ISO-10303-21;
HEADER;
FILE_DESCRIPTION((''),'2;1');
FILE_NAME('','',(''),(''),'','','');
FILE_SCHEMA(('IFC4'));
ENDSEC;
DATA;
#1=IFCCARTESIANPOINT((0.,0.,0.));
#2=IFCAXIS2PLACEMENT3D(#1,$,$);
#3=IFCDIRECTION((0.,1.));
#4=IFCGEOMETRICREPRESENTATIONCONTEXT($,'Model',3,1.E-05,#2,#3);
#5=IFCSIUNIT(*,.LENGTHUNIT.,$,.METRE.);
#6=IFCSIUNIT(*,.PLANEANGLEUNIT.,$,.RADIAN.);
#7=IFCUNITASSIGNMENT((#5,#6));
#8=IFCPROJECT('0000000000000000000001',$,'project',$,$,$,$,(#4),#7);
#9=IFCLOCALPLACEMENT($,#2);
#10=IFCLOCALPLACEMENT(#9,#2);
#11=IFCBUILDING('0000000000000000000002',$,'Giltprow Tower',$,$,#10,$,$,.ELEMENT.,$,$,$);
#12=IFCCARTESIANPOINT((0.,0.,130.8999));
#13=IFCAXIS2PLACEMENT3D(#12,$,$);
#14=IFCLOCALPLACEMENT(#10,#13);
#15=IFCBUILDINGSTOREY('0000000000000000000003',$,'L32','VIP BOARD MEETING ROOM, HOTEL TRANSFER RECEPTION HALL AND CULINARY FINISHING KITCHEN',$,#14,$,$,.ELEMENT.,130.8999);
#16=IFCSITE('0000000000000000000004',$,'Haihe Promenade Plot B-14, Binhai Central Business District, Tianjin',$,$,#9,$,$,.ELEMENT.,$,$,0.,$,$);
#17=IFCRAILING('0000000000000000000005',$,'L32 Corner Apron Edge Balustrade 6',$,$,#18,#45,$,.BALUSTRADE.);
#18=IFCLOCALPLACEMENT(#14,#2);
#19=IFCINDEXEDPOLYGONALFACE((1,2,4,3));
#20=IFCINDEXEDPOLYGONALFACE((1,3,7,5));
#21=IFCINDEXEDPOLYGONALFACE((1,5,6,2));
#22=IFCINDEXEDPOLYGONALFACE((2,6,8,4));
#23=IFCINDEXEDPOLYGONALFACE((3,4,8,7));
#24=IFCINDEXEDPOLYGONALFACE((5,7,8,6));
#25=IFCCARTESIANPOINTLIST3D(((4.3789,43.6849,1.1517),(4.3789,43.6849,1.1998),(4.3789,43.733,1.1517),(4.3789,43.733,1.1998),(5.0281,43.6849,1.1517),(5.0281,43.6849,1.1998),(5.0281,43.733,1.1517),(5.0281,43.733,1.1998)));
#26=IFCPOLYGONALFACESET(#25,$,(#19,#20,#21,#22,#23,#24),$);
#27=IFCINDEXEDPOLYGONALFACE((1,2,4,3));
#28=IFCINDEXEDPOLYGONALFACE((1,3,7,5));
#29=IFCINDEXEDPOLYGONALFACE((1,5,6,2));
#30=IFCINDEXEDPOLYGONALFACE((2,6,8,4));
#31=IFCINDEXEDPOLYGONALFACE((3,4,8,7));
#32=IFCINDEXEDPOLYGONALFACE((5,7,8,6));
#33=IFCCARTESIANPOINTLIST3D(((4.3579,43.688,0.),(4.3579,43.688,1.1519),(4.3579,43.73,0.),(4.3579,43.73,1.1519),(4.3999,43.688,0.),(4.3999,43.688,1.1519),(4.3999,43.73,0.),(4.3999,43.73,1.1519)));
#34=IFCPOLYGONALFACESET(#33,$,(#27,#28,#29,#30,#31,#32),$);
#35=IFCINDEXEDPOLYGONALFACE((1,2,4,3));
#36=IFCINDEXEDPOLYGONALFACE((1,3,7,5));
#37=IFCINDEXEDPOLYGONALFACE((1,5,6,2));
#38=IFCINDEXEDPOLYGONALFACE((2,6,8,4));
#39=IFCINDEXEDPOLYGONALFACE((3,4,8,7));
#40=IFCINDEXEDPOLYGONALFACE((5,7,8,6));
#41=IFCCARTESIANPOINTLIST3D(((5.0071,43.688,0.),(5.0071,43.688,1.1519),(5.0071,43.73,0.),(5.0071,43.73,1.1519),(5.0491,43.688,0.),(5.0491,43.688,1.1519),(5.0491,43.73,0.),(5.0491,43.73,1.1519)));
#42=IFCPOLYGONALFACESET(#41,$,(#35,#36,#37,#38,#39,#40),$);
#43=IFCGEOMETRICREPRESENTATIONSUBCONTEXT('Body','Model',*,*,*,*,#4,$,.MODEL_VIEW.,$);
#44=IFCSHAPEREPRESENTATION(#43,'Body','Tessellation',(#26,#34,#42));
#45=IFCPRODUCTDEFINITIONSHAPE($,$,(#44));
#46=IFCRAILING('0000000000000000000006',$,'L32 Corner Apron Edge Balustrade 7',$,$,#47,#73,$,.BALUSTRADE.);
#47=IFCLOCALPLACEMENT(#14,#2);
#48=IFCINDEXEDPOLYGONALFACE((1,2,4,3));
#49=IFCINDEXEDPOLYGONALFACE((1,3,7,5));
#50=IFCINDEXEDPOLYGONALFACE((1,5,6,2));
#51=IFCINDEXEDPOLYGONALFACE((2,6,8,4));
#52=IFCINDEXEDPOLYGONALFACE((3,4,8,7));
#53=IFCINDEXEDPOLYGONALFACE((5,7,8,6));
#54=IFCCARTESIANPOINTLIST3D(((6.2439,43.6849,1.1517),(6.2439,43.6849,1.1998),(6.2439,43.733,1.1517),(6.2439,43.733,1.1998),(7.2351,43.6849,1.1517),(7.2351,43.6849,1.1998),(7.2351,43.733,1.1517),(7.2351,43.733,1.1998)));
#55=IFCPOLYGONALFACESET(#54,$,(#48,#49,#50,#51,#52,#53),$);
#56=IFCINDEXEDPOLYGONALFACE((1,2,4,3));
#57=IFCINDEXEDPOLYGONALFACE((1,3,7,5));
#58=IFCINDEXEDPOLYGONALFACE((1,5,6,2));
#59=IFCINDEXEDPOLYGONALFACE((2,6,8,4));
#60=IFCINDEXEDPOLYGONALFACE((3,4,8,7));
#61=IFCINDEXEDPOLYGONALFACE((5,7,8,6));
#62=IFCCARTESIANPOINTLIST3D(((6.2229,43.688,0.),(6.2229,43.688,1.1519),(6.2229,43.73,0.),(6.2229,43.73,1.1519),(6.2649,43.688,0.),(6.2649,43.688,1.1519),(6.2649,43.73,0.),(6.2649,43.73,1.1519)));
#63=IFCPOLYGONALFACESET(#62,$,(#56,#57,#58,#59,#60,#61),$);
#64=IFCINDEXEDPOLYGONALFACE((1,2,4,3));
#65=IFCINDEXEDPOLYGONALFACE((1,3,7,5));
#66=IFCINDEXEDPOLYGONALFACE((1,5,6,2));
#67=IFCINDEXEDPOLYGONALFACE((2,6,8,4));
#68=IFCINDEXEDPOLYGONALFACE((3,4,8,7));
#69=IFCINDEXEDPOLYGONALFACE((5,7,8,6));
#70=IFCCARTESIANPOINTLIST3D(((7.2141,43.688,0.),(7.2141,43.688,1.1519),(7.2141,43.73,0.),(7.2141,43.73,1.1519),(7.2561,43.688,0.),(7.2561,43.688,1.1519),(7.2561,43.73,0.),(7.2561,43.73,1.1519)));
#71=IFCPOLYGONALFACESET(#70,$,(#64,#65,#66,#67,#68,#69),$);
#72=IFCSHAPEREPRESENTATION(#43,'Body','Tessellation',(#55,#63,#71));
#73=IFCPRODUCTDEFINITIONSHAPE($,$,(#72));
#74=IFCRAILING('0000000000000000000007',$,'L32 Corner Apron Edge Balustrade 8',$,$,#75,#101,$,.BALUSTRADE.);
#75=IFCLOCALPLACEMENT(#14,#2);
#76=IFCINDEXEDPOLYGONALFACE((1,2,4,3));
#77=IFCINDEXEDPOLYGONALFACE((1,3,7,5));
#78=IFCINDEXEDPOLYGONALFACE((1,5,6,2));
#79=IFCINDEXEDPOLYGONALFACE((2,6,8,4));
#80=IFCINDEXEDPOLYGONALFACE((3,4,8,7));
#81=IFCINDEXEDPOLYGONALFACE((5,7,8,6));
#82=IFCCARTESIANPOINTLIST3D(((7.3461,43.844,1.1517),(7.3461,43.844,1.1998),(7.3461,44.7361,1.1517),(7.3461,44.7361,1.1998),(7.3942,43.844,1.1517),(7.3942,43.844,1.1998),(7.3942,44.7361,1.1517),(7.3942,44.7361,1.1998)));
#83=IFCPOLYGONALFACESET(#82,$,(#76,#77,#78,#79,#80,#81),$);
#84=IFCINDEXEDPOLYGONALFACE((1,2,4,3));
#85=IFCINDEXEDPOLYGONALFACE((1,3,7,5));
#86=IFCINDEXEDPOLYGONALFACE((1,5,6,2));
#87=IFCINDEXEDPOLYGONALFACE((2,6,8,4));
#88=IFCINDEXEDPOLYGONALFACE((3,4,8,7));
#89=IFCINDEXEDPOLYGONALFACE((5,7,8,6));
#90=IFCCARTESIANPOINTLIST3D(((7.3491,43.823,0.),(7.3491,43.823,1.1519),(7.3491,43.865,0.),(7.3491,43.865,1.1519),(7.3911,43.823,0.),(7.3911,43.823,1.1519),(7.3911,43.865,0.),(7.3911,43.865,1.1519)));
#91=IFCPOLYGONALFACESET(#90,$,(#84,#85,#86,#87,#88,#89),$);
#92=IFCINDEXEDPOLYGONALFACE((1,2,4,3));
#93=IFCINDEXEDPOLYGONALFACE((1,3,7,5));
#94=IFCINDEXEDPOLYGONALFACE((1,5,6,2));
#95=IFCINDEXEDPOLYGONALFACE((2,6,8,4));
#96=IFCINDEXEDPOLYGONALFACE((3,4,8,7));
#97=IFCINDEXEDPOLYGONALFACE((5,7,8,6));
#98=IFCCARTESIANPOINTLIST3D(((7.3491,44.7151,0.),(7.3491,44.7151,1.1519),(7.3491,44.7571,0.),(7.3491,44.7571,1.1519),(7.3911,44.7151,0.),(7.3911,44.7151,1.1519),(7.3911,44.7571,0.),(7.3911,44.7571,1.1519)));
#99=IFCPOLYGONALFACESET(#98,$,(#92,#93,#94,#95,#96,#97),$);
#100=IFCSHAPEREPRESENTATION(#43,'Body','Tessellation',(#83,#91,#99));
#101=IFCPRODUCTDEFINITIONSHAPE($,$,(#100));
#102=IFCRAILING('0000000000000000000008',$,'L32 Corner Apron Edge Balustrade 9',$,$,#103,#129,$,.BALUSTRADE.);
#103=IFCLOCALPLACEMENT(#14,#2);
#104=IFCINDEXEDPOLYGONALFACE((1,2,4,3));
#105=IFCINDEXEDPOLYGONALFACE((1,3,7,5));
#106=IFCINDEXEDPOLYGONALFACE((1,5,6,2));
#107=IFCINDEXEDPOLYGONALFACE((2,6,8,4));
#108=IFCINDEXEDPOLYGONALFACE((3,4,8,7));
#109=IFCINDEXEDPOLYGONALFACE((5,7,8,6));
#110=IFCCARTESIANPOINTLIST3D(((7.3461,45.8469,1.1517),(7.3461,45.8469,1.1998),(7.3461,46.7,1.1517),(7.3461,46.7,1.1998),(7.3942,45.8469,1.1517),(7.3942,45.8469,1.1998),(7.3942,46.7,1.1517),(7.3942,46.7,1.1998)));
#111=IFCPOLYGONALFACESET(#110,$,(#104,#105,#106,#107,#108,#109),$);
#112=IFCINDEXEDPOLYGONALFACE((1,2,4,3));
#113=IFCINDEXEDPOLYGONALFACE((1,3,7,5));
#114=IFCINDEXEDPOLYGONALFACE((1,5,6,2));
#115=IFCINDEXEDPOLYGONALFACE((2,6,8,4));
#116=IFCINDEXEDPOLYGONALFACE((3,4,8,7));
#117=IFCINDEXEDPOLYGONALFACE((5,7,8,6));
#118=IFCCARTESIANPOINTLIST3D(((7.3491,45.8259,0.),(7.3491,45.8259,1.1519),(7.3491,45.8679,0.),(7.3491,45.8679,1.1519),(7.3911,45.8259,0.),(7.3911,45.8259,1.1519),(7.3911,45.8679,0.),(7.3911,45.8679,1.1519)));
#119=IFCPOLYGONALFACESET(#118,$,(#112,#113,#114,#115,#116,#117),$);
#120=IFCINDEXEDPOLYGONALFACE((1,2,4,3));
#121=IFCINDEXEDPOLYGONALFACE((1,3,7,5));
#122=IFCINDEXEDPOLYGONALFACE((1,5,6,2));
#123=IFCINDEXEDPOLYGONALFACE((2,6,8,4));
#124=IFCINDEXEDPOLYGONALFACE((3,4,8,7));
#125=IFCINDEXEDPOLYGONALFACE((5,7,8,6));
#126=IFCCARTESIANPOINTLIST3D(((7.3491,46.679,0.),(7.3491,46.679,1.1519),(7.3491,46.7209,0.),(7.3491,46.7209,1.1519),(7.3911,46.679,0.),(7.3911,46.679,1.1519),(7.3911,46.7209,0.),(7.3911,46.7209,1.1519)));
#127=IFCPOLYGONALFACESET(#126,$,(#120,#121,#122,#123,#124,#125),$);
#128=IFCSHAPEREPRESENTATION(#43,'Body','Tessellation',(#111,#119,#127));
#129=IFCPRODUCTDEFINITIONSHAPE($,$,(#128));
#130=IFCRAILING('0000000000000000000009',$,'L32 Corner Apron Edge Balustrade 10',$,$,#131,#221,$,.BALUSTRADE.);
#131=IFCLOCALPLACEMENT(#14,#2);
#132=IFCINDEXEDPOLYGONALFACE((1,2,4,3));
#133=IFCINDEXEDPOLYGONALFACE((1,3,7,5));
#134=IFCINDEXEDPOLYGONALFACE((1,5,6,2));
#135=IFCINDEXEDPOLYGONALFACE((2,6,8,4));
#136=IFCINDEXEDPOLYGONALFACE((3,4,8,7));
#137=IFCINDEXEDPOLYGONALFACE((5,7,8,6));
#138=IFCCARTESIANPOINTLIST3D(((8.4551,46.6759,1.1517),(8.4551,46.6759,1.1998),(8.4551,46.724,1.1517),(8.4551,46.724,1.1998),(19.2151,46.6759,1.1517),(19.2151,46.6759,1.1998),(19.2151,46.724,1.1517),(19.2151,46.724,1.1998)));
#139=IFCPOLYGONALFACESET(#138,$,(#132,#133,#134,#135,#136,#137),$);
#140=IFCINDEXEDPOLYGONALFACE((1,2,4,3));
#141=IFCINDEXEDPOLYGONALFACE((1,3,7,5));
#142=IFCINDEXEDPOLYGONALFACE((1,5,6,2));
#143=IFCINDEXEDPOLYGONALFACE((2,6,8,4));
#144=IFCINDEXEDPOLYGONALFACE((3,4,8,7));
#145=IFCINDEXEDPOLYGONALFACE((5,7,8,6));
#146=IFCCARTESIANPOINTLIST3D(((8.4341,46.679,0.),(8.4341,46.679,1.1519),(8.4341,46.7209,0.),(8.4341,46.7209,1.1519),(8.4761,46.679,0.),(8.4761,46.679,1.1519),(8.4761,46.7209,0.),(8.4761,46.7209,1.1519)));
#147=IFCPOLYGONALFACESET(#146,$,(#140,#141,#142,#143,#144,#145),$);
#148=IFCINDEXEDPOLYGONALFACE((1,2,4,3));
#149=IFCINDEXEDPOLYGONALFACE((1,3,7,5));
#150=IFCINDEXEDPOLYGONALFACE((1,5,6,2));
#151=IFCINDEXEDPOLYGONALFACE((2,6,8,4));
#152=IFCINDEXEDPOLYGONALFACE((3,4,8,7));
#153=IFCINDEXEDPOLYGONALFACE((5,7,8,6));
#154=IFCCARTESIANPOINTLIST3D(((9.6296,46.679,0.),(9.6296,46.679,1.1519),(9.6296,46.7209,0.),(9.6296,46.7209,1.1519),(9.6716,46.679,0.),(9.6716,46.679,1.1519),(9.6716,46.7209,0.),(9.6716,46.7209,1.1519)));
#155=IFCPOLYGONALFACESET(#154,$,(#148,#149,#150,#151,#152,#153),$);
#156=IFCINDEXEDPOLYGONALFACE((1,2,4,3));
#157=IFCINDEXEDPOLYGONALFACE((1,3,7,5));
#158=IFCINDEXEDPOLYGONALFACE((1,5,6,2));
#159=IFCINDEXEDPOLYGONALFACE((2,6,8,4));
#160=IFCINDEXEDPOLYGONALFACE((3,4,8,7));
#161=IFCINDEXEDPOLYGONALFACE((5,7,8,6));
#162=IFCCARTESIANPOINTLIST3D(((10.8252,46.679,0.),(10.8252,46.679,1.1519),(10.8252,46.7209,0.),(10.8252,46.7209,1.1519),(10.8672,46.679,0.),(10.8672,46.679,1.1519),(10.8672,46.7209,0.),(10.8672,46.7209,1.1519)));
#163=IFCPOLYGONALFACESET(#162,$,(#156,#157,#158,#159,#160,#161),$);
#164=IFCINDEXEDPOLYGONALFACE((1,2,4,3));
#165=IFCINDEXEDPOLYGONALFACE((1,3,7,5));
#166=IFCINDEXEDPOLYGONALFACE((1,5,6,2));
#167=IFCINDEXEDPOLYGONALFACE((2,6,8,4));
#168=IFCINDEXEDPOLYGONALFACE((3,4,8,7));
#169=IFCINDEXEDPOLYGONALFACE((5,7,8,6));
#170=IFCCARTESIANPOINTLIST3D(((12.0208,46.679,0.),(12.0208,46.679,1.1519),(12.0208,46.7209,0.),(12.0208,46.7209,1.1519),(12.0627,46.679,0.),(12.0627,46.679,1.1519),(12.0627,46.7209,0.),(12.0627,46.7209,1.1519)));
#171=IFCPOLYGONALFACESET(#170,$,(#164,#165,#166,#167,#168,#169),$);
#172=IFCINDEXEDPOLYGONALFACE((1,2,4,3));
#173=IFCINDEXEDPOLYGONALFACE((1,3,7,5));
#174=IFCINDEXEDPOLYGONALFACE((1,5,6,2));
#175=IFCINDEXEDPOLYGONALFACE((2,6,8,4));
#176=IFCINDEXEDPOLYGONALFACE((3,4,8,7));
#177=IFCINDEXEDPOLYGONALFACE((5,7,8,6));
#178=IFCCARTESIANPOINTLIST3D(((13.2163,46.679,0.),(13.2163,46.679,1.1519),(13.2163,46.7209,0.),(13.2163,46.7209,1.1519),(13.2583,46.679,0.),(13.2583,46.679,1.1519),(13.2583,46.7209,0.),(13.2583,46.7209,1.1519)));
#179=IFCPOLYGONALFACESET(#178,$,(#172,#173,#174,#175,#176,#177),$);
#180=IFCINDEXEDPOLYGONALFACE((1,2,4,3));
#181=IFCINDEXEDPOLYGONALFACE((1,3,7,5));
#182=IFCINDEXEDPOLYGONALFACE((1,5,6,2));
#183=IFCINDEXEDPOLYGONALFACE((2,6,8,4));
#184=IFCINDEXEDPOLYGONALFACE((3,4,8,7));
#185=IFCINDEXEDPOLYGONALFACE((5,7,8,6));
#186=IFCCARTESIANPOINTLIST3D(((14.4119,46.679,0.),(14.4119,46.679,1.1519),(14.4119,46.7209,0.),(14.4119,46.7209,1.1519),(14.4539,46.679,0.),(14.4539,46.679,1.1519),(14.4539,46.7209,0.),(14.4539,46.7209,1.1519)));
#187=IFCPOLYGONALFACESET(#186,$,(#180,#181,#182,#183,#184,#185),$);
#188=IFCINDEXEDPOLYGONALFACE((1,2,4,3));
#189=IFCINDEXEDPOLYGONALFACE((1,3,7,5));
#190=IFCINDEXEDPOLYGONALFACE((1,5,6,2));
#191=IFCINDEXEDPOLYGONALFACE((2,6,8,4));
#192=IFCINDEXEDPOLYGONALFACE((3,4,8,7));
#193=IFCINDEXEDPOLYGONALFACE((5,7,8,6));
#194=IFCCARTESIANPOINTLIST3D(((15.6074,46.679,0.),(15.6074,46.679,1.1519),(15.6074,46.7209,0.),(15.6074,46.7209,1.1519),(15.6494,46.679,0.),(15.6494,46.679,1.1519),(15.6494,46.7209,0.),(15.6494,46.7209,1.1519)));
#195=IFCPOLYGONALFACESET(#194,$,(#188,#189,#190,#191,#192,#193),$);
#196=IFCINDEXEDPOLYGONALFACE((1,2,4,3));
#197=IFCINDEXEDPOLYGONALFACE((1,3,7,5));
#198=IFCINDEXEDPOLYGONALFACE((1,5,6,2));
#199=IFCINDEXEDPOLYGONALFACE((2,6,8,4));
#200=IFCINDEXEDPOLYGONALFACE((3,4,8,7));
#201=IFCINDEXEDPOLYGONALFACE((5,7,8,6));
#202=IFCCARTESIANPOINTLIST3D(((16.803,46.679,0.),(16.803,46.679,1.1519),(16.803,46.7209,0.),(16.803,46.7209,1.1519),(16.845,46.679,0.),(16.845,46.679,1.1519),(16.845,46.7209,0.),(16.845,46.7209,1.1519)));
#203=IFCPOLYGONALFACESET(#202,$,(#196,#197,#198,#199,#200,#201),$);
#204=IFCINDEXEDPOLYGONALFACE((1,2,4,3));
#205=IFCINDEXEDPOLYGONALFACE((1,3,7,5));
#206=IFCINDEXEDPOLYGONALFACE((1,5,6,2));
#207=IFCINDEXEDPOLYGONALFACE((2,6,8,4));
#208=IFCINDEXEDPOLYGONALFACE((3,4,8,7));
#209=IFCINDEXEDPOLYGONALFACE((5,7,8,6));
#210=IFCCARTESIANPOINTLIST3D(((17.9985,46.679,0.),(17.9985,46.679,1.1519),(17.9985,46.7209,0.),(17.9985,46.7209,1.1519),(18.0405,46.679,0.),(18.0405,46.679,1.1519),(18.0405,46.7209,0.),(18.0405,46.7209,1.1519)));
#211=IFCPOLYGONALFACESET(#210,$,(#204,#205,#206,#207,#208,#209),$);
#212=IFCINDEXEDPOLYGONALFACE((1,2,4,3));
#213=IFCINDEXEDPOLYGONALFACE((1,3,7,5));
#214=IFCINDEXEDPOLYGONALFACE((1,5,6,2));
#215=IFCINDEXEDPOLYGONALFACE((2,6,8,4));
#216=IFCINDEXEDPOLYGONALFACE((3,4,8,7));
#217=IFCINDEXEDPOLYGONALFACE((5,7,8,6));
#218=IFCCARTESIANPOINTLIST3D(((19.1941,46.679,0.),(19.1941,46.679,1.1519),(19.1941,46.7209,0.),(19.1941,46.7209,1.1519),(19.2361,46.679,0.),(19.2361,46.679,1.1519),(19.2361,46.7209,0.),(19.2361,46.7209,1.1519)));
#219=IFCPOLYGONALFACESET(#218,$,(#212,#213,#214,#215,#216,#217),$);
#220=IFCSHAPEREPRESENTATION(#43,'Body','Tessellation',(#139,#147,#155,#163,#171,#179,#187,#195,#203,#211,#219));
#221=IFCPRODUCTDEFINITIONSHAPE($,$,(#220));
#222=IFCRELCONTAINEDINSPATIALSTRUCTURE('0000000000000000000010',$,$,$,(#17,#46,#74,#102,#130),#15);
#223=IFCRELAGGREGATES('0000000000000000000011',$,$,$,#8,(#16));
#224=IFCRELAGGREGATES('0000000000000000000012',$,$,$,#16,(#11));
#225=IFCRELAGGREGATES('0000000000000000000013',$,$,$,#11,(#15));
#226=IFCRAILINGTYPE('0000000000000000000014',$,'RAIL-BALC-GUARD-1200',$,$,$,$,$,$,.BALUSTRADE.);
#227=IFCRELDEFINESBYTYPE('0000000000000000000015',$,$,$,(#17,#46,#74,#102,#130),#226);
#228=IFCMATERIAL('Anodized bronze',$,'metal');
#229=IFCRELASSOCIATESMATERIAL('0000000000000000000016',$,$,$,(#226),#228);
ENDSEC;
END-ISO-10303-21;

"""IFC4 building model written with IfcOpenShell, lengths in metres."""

from ifc_helpers import new_model, si_unit, direction, frame, origin, origin_2d, place, context, subcontext, project, spatial, rectangle, extrude, material, type_object, element, save


model = new_model("IFC4")

# Units and contexts
model_context = context("Model", 3, precision=1e-05, world=origin(), true_north=direction((0.0, 1.0)))
body_context = subcontext(model_context, "Body", "Model", "MODEL_VIEW")
ifc_project = project(units=[si_unit("LENGTHUNIT", "METRE"), si_unit("PLANEANGLEUNIT", "RADIAN")], contexts=[model_context])

# Site, building, storey
site_placement = place(None, origin())
site = spatial("IfcSite", under=ifc_project, at=site_placement, Name="Haihe Promenade Plot B-14, Binhai Central Business District, Tianjin", CompositionType="ELEMENT", RefElevation=0.0)
building_placement = place(site_placement, origin())
building = spatial("IfcBuilding", under=site, at=building_placement, Name="Giltprow Tower", CompositionType="ELEMENT")
storey_placement = place(building_placement, frame((0.0, 0.0, 130.8999)))
storey = spatial("IfcBuildingStorey", under=building, at=storey_placement, Name="L32", Description="VIP BOARD MEETING ROOM, HOTEL TRANSFER RECEPTION HALL AND CULINARY FINISHING KITCHEN", CompositionType="ELEMENT", Elevation=130.8999)

# Railings
ifc_material_1 = material(Name="Anodized bronze", Category="metal")
railing_type_1 = type_object("IfcRailingType", Name="RAIL-BALC-GUARD-1200", PredefinedType="BALUSTRADE", material=ifc_material_1)
railing_1_placement = place(storey_placement, frame((4.3789, 43.709, 0.0)))
element("IfcRailing", 1, at=railing_1_placement, inside=storey, type_object=railing_type_1, Name="L32 Corner Apron Edge Balustrade 6", PredefinedType="BALUSTRADE", context=body_context, shape_type="SweptSolid", body=[
    extrude(rectangle(XDim=0.0481, YDim=0.0481, at=origin_2d()), frame((0.0, 0.0, 1.1758), z_axis=(1.0, 0.0, 0.0), x_axis=(0.0, 1.0, 0.0)), (0.0, 0.0, 1.0), 0.6492),
    extrude(rectangle(XDim=0.042, YDim=0.042, at=origin_2d()), origin(), (0.0, 0.0, 1.0), 1.1519),
    extrude(rectangle(XDim=0.042, YDim=0.042, at=origin_2d()), frame((0.6492, 0.0, 0.0)), (0.0, 0.0, 1.0), 1.1519),
])
railing_2_placement = place(storey_placement, frame((6.2439, 43.709, 0.0)))
element("IfcRailing", 2, at=railing_2_placement, inside=storey, type_object=railing_type_1, Name="L32 Corner Apron Edge Balustrade 7", PredefinedType="BALUSTRADE", context=body_context, shape_type="SweptSolid", body=[
    extrude(rectangle(XDim=0.0481, YDim=0.0481, at=origin_2d()), frame((0.0, 0.0, 1.1758), z_axis=(1.0, 0.0, 0.0), x_axis=(0.0, 1.0, 0.0)), (0.0, 0.0, 1.0), 0.9912),
    extrude(rectangle(XDim=0.042, YDim=0.042, at=origin_2d()), origin(), (0.0, 0.0, 1.0), 1.1519),
    extrude(rectangle(XDim=0.042, YDim=0.042, at=origin_2d()), frame((0.9912, 0.0, 0.0)), (0.0, 0.0, 1.0), 1.1519),
])
railing_3_placement = place(storey_placement, frame((7.3701, 43.844, 0.0)))
element("IfcRailing", 3, at=railing_3_placement, inside=storey, type_object=railing_type_1, Name="L32 Corner Apron Edge Balustrade 8", PredefinedType="BALUSTRADE", context=body_context, shape_type="SweptSolid", body=[
    extrude(rectangle(XDim=0.0481, YDim=0.0481, at=origin_2d()), frame((0.0, 0.0, 1.1758), z_axis=(0.0, 1.0, 0.0), x_axis=(-1.0, 0.0, 0.0)), (0.0, 0.0, 1.0), 0.8921),
    extrude(rectangle(XDim=0.042, YDim=0.042, at=origin_2d()), origin(), (0.0, 0.0, 1.0), 1.1519),
    extrude(rectangle(XDim=0.042, YDim=0.042, at=origin_2d()), frame((0.0, 0.8921, 0.0)), (0.0, 0.0, 1.0), 1.1519),
])
railing_4_placement = place(storey_placement, frame((7.3701, 45.8469, 0.0)))
element("IfcRailing", 4, at=railing_4_placement, inside=storey, type_object=railing_type_1, Name="L32 Corner Apron Edge Balustrade 9", PredefinedType="BALUSTRADE", context=body_context, shape_type="SweptSolid", body=[
    extrude(rectangle(XDim=0.0481, YDim=0.0481, at=origin_2d()), frame((0.0, 0.0, 1.1758), z_axis=(0.0, 1.0, 0.0), x_axis=(-1.0, 0.0, 0.0)), (0.0, 0.0, 1.0), 0.853),
    extrude(rectangle(XDim=0.042, YDim=0.042, at=origin_2d()), origin(), (0.0, 0.0, 1.0), 1.1519),
    extrude(rectangle(XDim=0.042, YDim=0.042, at=origin_2d()), frame((0.0, 0.853, 0.0)), (0.0, 0.0, 1.0), 1.1519),
])
railing_5_placement = place(storey_placement, frame((8.4551, 46.7, 0.0)))
element("IfcRailing", 5, at=railing_5_placement, inside=storey, type_object=railing_type_1, Name="L32 Corner Apron Edge Balustrade 10", PredefinedType="BALUSTRADE", context=body_context, shape_type="SweptSolid", body=[
    extrude(rectangle(XDim=0.0481, YDim=0.0481, at=origin_2d()), frame((0.0, 0.0, 1.1758), z_axis=(1.0, 0.0, 0.0), x_axis=(0.0, 1.0, 0.0)), (0.0, 0.0, 1.0), 10.76),
    extrude(rectangle(XDim=0.042, YDim=0.042, at=origin_2d()), origin(), (0.0, 0.0, 1.0), 1.1519),
    extrude(rectangle(XDim=0.042, YDim=0.042, at=origin_2d()), frame((1.1956, 0.0, 0.0)), (0.0, 0.0, 1.0), 1.1519),
    extrude(rectangle(XDim=0.042, YDim=0.042, at=origin_2d()), frame((2.3911, 0.0, 0.0)), (0.0, 0.0, 1.0), 1.1519),
    extrude(rectangle(XDim=0.042, YDim=0.042, at=origin_2d()), frame((3.5867, 0.0, 0.0)), (0.0, 0.0, 1.0), 1.1519),
    extrude(rectangle(XDim=0.042, YDim=0.042, at=origin_2d()), frame((4.7822, 0.0, 0.0)), (0.0, 0.0, 1.0), 1.1519),
    extrude(rectangle(XDim=0.042, YDim=0.042, at=origin_2d()), frame((5.9778, 0.0, 0.0)), (0.0, 0.0, 1.0), 1.1519),
    extrude(rectangle(XDim=0.042, YDim=0.042, at=origin_2d()), frame((7.1733, 0.0, 0.0)), (0.0, 0.0, 1.0), 1.1519),
    extrude(rectangle(XDim=0.042, YDim=0.042, at=origin_2d()), frame((8.3689, 0.0, 0.0)), (0.0, 0.0, 1.0), 1.1519),
    extrude(rectangle(XDim=0.042, YDim=0.042, at=origin_2d()), frame((9.5645, 0.0, 0.0)), (0.0, 0.0, 1.0), 1.1519),
    extrude(rectangle(XDim=0.042, YDim=0.042, at=origin_2d()), frame((10.76, 0.0, 0.0)), (0.0, 0.0, 1.0), 1.1519),
])

save(model, "model.ifc")
